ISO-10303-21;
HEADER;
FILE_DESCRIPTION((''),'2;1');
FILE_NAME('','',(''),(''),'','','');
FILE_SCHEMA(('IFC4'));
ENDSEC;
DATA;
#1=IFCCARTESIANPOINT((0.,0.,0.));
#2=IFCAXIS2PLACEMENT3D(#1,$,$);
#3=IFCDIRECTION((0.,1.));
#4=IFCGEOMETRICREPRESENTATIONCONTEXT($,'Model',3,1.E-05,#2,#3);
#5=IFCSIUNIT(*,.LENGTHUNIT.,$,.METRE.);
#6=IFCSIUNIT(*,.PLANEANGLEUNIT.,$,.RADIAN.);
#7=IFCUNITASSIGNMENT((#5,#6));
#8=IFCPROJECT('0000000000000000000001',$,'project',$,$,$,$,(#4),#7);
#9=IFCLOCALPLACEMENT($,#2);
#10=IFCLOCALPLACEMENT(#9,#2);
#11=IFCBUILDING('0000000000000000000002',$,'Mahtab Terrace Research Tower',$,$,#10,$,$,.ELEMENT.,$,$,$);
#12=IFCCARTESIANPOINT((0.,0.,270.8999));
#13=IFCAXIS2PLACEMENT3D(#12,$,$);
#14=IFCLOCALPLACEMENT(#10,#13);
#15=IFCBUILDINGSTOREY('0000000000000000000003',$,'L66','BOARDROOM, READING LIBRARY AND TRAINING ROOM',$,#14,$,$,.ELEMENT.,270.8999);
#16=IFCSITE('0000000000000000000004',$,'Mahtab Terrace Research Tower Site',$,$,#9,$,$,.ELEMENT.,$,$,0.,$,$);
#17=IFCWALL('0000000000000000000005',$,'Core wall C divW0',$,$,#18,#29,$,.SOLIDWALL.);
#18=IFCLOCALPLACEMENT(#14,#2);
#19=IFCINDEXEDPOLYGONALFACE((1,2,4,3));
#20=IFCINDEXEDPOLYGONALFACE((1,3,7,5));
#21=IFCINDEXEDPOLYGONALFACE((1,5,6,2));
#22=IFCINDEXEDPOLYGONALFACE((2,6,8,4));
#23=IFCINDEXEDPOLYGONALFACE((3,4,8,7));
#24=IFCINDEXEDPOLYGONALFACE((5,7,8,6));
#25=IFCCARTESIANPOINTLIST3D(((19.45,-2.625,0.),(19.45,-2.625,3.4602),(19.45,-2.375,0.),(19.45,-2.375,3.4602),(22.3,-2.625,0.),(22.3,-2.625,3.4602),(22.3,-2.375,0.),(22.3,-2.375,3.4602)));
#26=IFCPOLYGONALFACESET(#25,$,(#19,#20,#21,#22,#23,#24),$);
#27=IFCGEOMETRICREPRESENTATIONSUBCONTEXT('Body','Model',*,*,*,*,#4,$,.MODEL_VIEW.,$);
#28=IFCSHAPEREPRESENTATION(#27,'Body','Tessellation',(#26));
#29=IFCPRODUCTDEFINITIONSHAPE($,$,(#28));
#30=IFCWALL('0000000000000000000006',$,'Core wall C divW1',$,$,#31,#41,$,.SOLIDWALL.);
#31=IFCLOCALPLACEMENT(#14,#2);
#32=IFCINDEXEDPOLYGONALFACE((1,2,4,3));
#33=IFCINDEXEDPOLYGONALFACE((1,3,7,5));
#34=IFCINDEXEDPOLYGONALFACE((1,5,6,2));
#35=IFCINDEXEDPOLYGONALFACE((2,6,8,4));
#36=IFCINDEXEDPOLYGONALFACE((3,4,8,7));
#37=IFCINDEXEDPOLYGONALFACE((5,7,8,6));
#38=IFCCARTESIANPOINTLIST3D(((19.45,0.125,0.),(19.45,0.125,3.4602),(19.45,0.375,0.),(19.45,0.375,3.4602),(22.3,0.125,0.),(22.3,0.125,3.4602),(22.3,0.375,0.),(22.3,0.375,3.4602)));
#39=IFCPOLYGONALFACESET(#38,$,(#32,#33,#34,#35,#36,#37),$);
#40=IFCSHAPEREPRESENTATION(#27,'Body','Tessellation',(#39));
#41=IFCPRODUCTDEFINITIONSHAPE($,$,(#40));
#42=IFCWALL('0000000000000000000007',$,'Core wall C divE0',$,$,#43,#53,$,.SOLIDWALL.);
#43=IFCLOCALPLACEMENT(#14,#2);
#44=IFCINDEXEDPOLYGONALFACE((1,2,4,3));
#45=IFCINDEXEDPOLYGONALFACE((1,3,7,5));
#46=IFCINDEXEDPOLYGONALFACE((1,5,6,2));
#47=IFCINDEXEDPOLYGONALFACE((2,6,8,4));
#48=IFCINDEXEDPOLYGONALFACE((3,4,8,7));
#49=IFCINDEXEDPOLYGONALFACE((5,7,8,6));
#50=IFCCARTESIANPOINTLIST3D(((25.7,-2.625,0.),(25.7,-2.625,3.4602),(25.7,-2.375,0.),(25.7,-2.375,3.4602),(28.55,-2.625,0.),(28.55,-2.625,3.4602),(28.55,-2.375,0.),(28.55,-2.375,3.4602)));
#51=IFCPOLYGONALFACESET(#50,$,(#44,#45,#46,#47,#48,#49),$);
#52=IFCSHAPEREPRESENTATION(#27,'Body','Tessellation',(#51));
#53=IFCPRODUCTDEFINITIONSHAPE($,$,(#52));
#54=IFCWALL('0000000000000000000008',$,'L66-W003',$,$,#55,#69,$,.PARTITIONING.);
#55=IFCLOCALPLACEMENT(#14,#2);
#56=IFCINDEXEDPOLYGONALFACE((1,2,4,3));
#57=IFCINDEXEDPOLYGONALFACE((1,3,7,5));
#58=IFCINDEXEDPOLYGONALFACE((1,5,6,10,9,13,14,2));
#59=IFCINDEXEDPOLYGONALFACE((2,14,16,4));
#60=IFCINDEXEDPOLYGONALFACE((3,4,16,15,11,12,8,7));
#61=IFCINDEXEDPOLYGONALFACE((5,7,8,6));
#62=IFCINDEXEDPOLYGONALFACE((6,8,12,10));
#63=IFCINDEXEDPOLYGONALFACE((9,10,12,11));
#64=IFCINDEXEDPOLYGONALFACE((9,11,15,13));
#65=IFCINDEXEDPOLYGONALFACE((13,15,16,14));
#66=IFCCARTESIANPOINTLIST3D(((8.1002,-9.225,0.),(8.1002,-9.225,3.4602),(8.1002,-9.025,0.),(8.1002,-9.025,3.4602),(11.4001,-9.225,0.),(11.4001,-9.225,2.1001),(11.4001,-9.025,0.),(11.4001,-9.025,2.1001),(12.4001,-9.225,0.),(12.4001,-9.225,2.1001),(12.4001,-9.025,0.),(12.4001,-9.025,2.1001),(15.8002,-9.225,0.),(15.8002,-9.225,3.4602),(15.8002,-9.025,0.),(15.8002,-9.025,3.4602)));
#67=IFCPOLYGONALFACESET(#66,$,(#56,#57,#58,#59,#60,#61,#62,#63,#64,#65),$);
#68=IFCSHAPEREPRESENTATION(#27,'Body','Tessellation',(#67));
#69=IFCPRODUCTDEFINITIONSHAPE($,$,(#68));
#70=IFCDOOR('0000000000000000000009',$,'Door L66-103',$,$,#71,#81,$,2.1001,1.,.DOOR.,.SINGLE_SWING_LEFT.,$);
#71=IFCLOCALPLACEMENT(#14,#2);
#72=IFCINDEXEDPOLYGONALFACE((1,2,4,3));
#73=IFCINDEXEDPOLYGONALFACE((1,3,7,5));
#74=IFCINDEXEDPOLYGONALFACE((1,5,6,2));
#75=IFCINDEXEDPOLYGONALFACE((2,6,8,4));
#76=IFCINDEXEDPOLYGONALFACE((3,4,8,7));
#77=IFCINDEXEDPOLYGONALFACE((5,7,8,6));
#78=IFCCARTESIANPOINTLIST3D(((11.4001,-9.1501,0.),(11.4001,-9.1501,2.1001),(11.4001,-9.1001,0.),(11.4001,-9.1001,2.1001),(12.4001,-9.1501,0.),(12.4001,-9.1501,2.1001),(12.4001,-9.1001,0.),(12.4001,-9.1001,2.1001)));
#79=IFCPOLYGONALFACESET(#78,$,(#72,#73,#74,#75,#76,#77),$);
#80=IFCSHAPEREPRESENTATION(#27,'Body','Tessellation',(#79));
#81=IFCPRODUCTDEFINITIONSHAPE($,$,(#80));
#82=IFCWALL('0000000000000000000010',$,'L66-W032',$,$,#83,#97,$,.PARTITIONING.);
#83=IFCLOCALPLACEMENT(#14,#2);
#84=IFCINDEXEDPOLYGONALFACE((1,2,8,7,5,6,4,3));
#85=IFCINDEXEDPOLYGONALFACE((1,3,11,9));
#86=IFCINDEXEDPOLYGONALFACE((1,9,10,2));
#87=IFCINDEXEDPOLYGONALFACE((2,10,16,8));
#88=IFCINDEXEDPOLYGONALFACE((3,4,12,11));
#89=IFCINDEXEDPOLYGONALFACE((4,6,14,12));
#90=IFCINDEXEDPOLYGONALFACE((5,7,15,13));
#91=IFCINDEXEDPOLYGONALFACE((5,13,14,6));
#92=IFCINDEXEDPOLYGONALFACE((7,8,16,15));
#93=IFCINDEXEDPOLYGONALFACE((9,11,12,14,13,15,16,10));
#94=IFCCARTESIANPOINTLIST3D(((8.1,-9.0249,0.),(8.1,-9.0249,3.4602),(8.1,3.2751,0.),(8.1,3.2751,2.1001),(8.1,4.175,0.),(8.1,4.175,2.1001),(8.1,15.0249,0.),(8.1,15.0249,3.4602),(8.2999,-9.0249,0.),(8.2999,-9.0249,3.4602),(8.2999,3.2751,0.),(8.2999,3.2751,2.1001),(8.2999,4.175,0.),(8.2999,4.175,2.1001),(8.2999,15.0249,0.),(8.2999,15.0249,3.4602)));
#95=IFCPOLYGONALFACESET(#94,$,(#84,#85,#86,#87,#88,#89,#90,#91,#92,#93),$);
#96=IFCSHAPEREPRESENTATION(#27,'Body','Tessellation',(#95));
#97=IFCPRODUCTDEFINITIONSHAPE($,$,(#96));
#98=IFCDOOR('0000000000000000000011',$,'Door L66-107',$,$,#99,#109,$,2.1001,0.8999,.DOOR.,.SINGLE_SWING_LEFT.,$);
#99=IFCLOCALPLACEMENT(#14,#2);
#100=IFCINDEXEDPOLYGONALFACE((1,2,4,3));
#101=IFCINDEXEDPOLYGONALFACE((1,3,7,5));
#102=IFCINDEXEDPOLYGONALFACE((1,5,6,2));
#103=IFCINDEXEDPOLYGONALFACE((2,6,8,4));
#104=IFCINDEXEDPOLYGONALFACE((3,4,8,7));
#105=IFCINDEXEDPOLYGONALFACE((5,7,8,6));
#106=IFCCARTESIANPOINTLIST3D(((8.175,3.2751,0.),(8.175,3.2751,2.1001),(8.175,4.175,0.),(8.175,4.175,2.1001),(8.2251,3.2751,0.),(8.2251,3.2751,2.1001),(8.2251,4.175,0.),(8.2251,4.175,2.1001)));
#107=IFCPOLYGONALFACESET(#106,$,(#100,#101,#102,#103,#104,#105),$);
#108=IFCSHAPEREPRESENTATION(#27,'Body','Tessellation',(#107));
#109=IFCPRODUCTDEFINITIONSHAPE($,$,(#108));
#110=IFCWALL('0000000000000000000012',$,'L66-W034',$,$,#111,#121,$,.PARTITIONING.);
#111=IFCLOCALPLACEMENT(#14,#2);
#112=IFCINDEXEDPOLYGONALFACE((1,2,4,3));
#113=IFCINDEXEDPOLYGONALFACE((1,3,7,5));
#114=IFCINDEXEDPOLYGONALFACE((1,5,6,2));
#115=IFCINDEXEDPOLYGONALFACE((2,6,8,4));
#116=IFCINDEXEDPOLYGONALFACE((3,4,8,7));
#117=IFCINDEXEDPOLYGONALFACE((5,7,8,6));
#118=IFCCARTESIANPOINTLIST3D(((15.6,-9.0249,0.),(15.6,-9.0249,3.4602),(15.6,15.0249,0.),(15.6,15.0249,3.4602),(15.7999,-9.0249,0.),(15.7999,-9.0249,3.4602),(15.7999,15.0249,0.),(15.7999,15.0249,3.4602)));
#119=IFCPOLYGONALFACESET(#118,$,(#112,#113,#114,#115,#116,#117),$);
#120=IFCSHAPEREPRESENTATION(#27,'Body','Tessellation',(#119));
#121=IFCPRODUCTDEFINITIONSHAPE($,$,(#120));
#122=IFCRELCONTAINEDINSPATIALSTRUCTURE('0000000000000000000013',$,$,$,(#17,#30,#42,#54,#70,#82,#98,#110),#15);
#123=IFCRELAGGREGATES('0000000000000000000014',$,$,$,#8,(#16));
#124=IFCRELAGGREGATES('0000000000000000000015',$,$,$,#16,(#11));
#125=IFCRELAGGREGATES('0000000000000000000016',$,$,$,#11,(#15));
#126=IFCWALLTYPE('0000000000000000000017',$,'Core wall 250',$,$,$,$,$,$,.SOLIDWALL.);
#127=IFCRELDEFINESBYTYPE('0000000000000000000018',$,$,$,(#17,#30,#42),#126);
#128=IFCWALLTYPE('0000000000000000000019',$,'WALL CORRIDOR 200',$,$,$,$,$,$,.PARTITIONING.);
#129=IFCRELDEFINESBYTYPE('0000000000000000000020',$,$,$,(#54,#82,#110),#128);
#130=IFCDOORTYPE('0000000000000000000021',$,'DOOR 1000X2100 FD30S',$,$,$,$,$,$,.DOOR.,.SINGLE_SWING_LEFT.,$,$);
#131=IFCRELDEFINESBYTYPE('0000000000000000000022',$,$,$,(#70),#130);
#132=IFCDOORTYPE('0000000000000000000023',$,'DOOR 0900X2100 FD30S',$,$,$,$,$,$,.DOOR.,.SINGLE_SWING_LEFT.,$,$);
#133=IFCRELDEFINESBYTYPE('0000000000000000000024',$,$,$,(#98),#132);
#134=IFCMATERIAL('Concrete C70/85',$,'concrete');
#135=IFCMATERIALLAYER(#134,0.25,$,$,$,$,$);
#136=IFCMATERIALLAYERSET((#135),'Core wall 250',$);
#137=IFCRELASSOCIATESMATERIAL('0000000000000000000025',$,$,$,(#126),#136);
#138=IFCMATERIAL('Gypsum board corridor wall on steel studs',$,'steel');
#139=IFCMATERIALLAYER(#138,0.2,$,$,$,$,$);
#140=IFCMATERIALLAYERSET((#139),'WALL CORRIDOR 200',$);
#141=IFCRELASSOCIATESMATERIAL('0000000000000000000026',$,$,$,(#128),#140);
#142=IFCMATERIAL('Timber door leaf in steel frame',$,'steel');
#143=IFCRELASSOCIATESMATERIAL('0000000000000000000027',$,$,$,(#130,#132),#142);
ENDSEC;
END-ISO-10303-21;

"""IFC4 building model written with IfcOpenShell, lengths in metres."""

from ifc_helpers import new_model, si_unit, direction, frame, frame_2d, origin, place, context, subcontext, project, spatial, rectangle, extrude, material, layer, layer_set, type_object, element, fill, save


model = new_model("IFC4")

# Units and contexts
model_context = context("Model", 3, precision=1e-05, world=origin(), true_north=direction((0.0, 1.0)))
body_context = subcontext(model_context, "Body", "Model", "MODEL_VIEW")
ifc_project = project(units=[si_unit("LENGTHUNIT", "METRE"), si_unit("PLANEANGLEUNIT", "RADIAN")], contexts=[model_context])

# Site, building, storey
site_placement = place(None, origin())
site = spatial("IfcSite", under=ifc_project, at=site_placement, Name="Mahtab Terrace Research Tower Site", CompositionType="ELEMENT", RefElevation=0.0)
building_placement = place(site_placement, origin())
building = spatial("IfcBuilding", under=site, at=building_placement, Name="Mahtab Terrace Research Tower", CompositionType="ELEMENT")
storey_placement = place(building_placement, frame((0.0, 0.0, 270.8999)))
storey = spatial("IfcBuildingStorey", under=building, at=storey_placement, Name="L66", Description="BOARDROOM, READING LIBRARY AND TRAINING ROOM", CompositionType="ELEMENT", Elevation=270.8999)

# Shared definitions
ifc_material_1 = material(Name="Concrete C70/85", Category="concrete")

# Shared definitions
ifc_layer_1 = layer(ifc_material_1, 0.25)
ifc_layer_set_1 = layer_set([ifc_layer_1], Name="Core wall 250")
wall_type_1 = type_object("IfcWallType", Name="Core wall 250", PredefinedType="SOLIDWALL", material=ifc_layer_set_1)

# Walls
for number, where, z_axis, x_axis, name in (
    (1, (19.45, -2.5, 0.0), (0.0, 0.0, 1.0), (1.0, 0.0, 0.0), "Core wall C divW0"),
    (2, (19.45, 0.25, 0.0), (0.0, 0.0, 1.0), (1.0, 0.0, 0.0), "Core wall C divW1"),
    (3, (25.7, -2.5, 0.0), (0.0, 0.0, 1.0), (1.0, 0.0, 0.0), "Core wall C divE0"),
):
    element("IfcWall", number, at=place(storey_placement, frame(where, z_axis=z_axis, x_axis=x_axis)), inside=storey, type_object=wall_type_1, Name=name, PredefinedType="SOLIDWALL", context=body_context, shape_type="SweptSolid", body=[
        extrude(rectangle(XDim=2.8501, YDim=0.25, at=frame_2d((1.425, 0.0))), origin(), (0.0, 0.0, 1.0), 3.4602),
    ])

# Walls, openings, doors
ifc_material_2 = material(Name="Gypsum board corridor wall on steel studs", Category="steel")
ifc_layer_2 = layer(ifc_material_2, 0.2)
ifc_layer_set_2 = layer_set([ifc_layer_2], Name="WALL CORRIDOR 200")
wall_type_2 = type_object("IfcWallType", Name="WALL CORRIDOR 200", PredefinedType="PARTITIONING", material=ifc_layer_set_2)
wall_1_placement = place(storey_placement, frame((8.1001, -9.125, 0.0), z_axis=(0.0, 0.0, 1.0), x_axis=(1.0, 0.0, 0.0)))
wall_1 = element("IfcWall", 4, at=wall_1_placement, inside=storey, type_object=wall_type_2, Name="L66-W003", PredefinedType="PARTITIONING", context=body_context, shape_type="SweptSolid", body=[
    extrude(rectangle(XDim=7.7, YDim=0.2, at=frame_2d((3.8501, 0.0))), origin(), (0.0, 0.0, 1.0), 3.4602),
])
opening_1_placement = place(wall_1_placement, frame((3.3, 0.0, 0.0)))
opening_1 = element("IfcOpeningElement", 5, at=opening_1_placement, cuts=wall_1, PredefinedType="OPENING", context=body_context, shape_type="SweptSolid", body=[
    extrude(rectangle(XDim=1.0, YDim=2.1001, at=frame_2d((0.5, 1.05))), frame((0.0, 0.1099, 0.0), z_axis=(0.0, -1.0, 0.0), x_axis=(1.0, 0.0, 0.0)), (0.0, 0.0, 1.0), 0.22),
])
ifc_material_3 = material(Name="Timber door leaf in steel frame", Category="steel")
door_type_1 = type_object("IfcDoorType", Name="DOOR 1000X2100 FD30S", OperationType="SINGLE_SWING_LEFT", PredefinedType="DOOR", material=ifc_material_3)
door_1_placement = place(opening_1_placement, origin())
door_1 = element("IfcDoor", 6, at=door_1_placement, inside=storey, type_object=door_type_1, Name="Door L66-103", OperationType="SINGLE_SWING_LEFT", OverallHeight=2.1001, OverallWidth=1.0, PredefinedType="DOOR", context=body_context, shape_type="SweptSolid", body=[
    extrude(rectangle(XDim=1.0, YDim=2.1001, at=frame_2d((0.5, 1.05))), frame((0.0, 0.0249, 0.0), z_axis=(0.0, -1.0, 0.0), x_axis=(1.0, 0.0, 0.0)), (0.0, 0.0, 1.0), 0.05),
])
fill(opening_1, door_1)
wall_2_placement = place(storey_placement, frame((8.2, -9.0249, 0.0), z_axis=(0.0, 0.0, 1.0), x_axis=(0.0, 1.0, 0.0)))
wall_2 = element("IfcWall", 7, at=wall_2_placement, inside=storey, type_object=wall_type_2, Name="L66-W032", PredefinedType="PARTITIONING", context=body_context, shape_type="SweptSolid", body=[
    extrude(rectangle(XDim=24.0498, YDim=0.2, at=frame_2d((12.0249, 0.0))), origin(), (0.0, 0.0, 1.0), 3.4602),
])
opening_2_placement = place(wall_2_placement, frame((12.3, 0.0, 0.0)))
opening_2 = element("IfcOpeningElement", 8, at=opening_2_placement, cuts=wall_2, PredefinedType="OPENING", context=body_context, shape_type="SweptSolid", body=[
    extrude(rectangle(XDim=0.8999, YDim=2.1001, at=frame_2d((0.45, 1.05))), frame((0.0, 0.1099, 0.0), z_axis=(0.0, -1.0, 0.0), x_axis=(1.0, 0.0, 0.0)), (0.0, 0.0, 1.0), 0.22),
])
door_type_2 = type_object("IfcDoorType", Name="DOOR 0900X2100 FD30S", OperationType="SINGLE_SWING_LEFT", PredefinedType="DOOR", material=ifc_material_3)
door_2_placement = place(opening_2_placement, origin())
door_2 = element("IfcDoor", 9, at=door_2_placement, inside=storey, type_object=door_type_2, Name="Door L66-107", OperationType="SINGLE_SWING_LEFT", OverallHeight=2.1001, OverallWidth=0.8999, PredefinedType="DOOR", context=body_context, shape_type="SweptSolid", body=[
    extrude(rectangle(XDim=0.8999, YDim=2.1001, at=frame_2d((0.45, 1.05))), frame((0.0, 0.0249, 0.0), z_axis=(0.0, -1.0, 0.0), x_axis=(1.0, 0.0, 0.0)), (0.0, 0.0, 1.0), 0.05),
])
fill(opening_2, door_2)

# Wall
wall_3_placement = place(storey_placement, frame((15.7, -9.0249, 0.0), z_axis=(0.0, 0.0, 1.0), x_axis=(0.0, 1.0, 0.0)))
element("IfcWall", 10, at=wall_3_placement, inside=storey, type_object=wall_type_2, Name="L66-W034", PredefinedType="PARTITIONING", context=body_context, shape_type="SweptSolid", body=[
    extrude(rectangle(XDim=24.0498, YDim=0.2, at=frame_2d((12.0249, 0.0))), origin(), (0.0, 0.0, 1.0), 3.4602),
])

save(model, "model.ifc")
